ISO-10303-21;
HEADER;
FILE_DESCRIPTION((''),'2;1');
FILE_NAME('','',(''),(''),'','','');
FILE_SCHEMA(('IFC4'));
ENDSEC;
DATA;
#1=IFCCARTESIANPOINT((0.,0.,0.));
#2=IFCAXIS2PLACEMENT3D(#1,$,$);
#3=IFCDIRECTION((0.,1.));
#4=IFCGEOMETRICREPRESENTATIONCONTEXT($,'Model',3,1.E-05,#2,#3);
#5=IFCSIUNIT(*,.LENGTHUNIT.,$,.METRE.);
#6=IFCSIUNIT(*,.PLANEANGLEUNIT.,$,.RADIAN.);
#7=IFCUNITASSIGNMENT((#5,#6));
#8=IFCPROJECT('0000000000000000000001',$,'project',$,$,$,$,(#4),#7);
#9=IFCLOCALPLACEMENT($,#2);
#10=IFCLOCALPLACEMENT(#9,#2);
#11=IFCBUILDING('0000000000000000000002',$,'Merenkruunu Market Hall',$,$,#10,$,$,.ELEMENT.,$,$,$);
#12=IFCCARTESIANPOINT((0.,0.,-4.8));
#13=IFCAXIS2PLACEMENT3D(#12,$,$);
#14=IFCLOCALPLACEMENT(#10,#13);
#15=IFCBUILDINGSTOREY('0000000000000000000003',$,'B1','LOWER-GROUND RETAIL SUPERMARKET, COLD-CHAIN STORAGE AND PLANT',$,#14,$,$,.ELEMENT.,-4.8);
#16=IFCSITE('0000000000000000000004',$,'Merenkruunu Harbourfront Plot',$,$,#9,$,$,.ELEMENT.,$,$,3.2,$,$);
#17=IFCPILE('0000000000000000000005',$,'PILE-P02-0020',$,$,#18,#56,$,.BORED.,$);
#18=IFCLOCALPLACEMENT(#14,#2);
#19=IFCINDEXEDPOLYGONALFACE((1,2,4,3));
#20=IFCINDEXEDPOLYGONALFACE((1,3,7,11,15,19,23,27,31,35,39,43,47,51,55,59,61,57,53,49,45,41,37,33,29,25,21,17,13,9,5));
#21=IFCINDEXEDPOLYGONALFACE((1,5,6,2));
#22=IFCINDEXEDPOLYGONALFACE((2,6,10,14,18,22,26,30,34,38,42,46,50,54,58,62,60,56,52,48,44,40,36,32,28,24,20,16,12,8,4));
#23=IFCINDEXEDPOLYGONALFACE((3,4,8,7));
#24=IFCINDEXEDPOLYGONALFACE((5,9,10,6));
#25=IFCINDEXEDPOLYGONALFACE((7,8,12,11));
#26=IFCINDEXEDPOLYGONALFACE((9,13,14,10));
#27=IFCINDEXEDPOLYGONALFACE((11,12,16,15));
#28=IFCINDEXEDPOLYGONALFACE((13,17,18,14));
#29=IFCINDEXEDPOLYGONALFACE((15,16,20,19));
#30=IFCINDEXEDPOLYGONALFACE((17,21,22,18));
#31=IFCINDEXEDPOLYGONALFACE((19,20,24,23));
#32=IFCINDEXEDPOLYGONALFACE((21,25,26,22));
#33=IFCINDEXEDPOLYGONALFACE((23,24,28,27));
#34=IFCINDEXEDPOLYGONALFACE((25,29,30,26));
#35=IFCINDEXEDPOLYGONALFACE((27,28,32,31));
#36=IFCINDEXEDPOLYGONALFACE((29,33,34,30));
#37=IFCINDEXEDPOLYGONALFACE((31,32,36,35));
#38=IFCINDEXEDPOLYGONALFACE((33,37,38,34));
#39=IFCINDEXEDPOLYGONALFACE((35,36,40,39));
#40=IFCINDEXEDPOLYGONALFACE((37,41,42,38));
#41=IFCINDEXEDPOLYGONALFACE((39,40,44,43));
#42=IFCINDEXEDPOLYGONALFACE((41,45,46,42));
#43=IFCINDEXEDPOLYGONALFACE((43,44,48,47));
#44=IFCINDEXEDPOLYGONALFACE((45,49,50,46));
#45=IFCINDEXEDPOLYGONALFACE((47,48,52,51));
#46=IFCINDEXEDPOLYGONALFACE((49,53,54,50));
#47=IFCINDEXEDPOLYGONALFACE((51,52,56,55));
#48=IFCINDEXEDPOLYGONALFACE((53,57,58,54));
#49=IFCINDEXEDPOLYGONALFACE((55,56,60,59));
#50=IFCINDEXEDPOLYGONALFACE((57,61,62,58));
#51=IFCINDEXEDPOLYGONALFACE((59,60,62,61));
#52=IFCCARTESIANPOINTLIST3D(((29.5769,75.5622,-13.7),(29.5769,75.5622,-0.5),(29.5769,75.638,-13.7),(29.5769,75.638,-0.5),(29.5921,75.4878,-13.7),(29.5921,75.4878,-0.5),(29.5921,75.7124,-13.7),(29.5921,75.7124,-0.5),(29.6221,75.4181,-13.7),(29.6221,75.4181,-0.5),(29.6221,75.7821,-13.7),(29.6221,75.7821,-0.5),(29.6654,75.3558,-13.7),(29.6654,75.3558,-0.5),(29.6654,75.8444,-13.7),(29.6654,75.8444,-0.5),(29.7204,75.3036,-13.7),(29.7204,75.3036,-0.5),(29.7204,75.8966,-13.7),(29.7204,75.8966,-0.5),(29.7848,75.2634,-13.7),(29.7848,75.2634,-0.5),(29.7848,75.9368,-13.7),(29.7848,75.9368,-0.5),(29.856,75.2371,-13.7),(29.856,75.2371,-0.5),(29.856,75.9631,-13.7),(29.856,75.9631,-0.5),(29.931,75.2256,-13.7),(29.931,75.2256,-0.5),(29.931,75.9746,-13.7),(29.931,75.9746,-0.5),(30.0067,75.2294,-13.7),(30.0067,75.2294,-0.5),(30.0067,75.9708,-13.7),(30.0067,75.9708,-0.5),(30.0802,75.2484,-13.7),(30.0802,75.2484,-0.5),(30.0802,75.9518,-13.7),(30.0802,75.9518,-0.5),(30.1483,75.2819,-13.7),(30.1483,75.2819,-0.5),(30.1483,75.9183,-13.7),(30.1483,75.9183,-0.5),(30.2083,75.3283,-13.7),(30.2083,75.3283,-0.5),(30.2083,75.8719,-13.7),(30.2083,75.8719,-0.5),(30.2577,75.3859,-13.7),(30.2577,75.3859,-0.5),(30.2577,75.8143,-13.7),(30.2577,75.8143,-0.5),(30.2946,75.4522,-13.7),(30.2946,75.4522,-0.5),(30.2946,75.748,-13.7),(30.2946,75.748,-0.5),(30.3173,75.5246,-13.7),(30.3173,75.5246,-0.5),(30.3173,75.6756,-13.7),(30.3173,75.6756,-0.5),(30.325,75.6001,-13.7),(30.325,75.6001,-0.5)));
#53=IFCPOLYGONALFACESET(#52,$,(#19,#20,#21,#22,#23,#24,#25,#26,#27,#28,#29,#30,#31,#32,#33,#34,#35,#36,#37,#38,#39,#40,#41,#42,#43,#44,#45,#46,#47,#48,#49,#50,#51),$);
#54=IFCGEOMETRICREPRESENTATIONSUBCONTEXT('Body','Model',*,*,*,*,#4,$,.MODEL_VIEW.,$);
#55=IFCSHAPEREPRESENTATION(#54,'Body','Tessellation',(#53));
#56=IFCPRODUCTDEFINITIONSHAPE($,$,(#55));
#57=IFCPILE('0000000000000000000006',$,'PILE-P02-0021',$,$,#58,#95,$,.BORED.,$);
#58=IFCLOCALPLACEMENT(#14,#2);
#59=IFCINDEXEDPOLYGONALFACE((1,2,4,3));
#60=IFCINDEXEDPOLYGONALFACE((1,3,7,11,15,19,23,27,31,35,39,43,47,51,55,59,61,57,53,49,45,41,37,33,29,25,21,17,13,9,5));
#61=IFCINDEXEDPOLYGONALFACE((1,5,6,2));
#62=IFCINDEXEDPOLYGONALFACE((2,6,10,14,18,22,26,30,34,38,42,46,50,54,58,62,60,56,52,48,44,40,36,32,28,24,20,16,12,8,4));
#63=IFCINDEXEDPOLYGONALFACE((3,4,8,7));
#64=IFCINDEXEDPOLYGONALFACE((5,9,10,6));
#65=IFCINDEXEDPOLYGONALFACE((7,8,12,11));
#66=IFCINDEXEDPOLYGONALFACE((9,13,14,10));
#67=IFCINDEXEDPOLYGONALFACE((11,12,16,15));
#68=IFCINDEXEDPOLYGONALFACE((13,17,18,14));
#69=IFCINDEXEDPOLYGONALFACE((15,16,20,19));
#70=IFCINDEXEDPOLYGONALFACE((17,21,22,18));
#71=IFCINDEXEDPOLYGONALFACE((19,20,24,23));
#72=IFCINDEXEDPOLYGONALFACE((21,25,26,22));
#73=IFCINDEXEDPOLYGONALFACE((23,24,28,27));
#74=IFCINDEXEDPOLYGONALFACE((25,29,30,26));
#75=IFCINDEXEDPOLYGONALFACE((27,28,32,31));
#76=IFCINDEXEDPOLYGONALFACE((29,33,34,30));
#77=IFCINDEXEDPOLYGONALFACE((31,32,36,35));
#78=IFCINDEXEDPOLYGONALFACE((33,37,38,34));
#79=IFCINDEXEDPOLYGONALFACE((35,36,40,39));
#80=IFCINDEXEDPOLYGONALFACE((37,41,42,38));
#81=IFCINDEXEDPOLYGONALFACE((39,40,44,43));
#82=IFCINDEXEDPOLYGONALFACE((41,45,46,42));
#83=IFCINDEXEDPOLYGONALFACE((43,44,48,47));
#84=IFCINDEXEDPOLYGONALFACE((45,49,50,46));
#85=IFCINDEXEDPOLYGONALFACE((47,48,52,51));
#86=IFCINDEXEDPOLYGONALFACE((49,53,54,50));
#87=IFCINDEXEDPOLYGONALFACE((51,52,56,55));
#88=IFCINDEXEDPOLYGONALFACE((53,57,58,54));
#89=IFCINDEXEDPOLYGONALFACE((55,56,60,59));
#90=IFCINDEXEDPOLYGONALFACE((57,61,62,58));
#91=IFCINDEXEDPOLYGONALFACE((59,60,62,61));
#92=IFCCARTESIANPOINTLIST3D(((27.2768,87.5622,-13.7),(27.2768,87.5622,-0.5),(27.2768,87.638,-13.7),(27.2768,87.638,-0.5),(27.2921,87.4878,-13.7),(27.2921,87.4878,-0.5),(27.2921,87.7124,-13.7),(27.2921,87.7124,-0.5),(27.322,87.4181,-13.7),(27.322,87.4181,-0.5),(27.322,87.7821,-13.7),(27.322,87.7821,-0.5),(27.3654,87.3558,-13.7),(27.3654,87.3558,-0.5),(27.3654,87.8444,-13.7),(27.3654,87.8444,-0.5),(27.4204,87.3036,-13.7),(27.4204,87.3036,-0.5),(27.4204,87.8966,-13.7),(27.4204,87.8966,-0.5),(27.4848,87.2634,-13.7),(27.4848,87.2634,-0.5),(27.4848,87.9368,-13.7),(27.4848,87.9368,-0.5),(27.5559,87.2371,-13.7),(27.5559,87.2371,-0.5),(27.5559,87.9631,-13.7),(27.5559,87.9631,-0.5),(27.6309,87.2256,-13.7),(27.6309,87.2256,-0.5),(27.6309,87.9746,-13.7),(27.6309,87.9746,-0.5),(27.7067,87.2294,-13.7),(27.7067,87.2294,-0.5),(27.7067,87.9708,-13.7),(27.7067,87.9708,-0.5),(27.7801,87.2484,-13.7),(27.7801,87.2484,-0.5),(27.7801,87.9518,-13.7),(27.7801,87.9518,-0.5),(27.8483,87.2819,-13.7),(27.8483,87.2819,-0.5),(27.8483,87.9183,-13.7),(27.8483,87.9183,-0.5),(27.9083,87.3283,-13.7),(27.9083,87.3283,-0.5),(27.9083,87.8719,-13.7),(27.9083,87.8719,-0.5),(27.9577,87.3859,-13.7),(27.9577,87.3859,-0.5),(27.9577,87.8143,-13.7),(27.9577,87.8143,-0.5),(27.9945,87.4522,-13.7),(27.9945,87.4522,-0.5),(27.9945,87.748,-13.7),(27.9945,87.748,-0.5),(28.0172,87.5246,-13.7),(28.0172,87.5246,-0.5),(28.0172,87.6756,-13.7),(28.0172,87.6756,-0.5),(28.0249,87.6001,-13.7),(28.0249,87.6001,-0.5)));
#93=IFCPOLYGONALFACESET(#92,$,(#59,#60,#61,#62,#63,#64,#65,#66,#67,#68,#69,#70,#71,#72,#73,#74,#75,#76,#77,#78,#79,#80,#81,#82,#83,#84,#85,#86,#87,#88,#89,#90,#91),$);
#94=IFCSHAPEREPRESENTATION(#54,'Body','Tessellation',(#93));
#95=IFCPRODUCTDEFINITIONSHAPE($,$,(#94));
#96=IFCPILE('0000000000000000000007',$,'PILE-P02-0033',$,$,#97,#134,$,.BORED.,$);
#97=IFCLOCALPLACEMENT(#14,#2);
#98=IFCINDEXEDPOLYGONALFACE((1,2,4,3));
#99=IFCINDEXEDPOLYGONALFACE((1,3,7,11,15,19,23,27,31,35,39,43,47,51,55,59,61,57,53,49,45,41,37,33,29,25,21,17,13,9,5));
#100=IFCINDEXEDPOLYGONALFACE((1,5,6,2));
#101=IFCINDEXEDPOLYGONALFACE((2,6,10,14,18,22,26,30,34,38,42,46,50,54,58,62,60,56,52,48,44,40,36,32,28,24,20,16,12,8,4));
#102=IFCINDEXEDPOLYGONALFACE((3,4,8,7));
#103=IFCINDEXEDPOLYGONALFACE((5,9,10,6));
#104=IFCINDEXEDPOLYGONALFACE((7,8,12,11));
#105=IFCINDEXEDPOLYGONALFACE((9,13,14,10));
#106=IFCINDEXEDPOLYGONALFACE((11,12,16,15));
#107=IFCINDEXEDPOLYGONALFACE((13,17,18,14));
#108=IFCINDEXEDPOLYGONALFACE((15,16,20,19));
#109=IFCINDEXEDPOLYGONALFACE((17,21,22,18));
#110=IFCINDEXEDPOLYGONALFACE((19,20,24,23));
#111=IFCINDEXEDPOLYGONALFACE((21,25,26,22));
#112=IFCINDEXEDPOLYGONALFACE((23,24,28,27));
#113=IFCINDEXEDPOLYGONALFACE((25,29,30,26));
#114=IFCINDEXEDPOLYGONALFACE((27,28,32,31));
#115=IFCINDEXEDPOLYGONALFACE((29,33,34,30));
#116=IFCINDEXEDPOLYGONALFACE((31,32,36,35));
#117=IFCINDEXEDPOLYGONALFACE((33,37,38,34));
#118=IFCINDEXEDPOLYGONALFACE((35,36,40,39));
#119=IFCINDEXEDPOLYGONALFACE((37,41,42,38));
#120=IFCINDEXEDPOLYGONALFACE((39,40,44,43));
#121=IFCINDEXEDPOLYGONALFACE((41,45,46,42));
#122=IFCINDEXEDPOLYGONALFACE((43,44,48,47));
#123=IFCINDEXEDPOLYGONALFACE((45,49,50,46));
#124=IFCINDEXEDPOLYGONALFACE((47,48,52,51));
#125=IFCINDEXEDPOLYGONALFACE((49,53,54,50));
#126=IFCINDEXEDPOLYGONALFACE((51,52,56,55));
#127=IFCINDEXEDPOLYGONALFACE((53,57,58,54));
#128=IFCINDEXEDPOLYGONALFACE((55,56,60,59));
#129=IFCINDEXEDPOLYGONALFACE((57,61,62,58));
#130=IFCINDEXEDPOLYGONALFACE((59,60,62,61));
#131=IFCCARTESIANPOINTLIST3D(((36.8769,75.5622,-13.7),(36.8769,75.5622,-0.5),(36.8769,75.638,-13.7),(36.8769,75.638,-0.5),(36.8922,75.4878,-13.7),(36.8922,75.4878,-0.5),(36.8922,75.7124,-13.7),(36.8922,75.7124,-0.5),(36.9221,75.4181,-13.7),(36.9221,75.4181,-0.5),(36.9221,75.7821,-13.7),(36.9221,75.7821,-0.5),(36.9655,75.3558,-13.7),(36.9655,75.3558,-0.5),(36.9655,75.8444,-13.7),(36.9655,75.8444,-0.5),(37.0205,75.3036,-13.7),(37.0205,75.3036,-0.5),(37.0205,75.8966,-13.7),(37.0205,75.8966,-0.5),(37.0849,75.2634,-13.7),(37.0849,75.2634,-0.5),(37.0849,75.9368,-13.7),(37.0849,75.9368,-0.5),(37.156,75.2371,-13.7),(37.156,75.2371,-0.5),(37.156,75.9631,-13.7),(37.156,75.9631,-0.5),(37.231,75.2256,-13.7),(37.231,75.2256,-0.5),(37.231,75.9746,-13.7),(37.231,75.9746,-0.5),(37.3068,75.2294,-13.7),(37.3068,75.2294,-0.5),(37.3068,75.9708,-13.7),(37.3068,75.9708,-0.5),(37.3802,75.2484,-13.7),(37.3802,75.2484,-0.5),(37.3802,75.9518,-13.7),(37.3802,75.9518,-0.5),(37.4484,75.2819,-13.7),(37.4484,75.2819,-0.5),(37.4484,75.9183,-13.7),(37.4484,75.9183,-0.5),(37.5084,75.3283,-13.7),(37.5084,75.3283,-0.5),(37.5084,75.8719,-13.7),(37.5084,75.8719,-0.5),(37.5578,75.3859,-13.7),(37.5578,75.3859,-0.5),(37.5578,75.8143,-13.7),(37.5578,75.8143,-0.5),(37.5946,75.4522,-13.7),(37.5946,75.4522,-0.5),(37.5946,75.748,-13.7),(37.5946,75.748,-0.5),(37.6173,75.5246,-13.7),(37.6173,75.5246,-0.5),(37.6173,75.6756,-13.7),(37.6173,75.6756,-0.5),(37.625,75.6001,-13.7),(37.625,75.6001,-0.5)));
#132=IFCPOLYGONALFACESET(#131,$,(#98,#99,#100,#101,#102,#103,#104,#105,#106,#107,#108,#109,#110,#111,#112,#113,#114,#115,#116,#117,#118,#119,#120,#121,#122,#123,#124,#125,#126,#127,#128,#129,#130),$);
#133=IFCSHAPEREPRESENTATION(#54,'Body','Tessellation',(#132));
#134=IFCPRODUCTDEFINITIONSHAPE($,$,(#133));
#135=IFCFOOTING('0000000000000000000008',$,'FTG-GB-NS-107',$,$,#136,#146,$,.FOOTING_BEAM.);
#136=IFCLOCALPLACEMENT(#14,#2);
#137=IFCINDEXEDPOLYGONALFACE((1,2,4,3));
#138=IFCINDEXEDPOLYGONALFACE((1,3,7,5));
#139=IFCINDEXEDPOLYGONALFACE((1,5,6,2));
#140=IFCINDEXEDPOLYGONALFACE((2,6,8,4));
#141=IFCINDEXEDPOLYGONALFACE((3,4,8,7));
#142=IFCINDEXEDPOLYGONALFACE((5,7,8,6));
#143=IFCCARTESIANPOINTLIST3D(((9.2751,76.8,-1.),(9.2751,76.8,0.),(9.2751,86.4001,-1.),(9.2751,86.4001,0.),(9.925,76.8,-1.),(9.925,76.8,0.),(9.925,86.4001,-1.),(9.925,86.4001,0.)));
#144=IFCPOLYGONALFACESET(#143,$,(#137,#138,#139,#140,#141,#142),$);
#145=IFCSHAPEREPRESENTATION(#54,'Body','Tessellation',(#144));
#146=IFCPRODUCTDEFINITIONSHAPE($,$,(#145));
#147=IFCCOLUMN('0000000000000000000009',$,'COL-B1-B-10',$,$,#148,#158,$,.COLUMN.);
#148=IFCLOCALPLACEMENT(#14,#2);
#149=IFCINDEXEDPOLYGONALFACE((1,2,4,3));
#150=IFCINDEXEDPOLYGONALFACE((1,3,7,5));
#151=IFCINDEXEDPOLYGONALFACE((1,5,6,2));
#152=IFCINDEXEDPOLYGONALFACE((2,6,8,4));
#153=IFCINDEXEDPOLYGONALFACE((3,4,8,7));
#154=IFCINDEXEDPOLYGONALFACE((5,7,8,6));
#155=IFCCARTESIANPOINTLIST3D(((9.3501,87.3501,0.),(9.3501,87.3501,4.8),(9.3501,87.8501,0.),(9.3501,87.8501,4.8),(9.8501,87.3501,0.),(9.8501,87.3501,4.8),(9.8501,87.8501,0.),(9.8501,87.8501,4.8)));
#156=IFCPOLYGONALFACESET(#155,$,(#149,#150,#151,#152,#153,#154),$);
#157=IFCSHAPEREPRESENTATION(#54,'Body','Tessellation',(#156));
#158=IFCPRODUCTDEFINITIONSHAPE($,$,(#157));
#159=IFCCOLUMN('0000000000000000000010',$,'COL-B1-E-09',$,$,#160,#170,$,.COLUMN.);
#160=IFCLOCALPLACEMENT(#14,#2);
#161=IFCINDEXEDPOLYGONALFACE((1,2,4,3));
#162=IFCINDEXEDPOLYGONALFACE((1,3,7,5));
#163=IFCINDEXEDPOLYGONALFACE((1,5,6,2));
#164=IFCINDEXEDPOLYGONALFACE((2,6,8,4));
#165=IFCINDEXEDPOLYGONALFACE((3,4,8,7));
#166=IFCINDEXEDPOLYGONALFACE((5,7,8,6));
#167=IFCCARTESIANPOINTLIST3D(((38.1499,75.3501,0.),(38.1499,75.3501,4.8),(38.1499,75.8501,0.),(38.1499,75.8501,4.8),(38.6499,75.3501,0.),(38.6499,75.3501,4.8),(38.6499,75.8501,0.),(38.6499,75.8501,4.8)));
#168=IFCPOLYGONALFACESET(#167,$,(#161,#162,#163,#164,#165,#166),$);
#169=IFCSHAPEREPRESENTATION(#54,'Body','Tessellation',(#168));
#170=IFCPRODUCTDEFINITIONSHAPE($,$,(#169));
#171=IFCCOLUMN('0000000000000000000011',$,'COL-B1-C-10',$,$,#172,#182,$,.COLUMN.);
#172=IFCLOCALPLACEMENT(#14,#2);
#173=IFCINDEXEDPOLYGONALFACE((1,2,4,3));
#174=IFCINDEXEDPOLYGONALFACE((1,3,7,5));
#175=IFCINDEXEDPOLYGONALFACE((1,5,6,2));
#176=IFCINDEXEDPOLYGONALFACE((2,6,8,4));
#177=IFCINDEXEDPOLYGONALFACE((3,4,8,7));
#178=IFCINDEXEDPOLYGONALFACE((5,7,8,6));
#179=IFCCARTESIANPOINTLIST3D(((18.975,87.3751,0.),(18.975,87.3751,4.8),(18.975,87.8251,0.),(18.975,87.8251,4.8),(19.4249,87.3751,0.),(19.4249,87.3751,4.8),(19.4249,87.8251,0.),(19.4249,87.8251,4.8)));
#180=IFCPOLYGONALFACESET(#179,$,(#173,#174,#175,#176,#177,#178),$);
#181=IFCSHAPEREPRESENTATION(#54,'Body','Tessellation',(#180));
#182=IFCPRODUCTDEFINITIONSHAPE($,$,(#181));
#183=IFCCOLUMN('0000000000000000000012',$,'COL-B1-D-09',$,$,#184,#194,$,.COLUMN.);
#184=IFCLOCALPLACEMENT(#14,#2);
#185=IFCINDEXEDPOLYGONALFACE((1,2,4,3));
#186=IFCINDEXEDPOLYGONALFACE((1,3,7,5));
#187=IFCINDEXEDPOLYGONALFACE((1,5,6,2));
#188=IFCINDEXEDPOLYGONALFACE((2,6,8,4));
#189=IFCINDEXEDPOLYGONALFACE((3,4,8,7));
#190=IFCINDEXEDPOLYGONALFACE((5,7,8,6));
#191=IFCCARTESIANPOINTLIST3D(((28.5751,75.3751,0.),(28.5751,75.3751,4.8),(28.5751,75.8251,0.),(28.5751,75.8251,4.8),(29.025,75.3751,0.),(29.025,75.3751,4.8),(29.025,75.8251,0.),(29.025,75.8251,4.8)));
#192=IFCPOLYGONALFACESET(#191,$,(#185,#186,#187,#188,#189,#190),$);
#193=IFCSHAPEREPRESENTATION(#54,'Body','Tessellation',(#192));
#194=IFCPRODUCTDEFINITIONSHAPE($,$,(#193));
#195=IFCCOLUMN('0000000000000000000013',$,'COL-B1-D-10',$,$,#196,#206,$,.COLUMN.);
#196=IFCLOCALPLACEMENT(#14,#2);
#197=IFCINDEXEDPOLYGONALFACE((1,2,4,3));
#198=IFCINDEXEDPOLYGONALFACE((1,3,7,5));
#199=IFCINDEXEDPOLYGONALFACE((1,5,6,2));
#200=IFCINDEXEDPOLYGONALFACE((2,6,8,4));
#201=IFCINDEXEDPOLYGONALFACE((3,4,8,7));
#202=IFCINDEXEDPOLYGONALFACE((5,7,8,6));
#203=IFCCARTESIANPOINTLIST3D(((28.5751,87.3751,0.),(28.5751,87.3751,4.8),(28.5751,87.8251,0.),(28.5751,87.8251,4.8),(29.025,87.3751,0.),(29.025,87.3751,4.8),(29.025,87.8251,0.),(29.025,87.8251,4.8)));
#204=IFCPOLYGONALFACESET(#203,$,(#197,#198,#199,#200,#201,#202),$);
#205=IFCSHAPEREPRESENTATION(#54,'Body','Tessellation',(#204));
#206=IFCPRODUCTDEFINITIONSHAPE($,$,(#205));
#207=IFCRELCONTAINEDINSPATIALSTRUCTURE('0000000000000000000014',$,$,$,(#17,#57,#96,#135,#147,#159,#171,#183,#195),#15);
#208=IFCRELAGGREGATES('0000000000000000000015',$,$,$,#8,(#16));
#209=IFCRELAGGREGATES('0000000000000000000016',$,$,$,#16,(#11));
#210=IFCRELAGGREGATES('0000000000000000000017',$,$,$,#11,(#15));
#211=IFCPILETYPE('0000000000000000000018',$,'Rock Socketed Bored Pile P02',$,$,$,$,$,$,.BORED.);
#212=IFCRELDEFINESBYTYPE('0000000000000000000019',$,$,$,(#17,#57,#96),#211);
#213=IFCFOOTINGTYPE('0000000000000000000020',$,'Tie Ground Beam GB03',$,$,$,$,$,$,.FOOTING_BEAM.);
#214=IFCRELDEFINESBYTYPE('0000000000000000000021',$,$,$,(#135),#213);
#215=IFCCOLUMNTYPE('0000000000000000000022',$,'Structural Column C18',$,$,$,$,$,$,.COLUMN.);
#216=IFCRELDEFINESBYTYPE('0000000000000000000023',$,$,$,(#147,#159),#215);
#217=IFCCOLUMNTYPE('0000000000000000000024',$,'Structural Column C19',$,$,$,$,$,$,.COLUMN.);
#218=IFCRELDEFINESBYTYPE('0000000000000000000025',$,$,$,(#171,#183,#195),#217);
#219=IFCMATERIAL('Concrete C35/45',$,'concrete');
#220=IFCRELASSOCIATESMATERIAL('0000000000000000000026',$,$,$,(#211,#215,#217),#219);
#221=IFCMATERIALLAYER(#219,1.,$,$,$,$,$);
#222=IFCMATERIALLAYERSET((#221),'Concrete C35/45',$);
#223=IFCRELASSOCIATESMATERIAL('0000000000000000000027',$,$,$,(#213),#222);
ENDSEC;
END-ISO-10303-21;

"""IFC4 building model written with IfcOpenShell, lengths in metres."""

from ifc_helpers import new_model, si_unit, direction, frame, origin, origin_2d, place, context, subcontext, project, spatial, rectangle, circle, extrude, material, layer, layer_set, material_profile, profile_set, type_object, element, save


model = new_model("IFC4")

# Units and contexts
model_context = context("Model", 3, precision=1e-05, world=origin(), true_north=direction((0.0, 1.0)))
body_context = subcontext(model_context, "Body", "Model", "MODEL_VIEW")
ifc_project = project(units=[si_unit("LENGTHUNIT", "METRE"), si_unit("PLANEANGLEUNIT", "RADIAN")], contexts=[model_context])

# Site, building, storey
site_placement = place(None, origin())
site = spatial("IfcSite", under=ifc_project, at=site_placement, Name="Merenkruunu Harbourfront Plot", CompositionType="ELEMENT", RefElevation=3.2)
building_placement = place(site_placement, origin())
building = spatial("IfcBuilding", under=site, at=building_placement, Name="Merenkruunu Market Hall", CompositionType="ELEMENT")
storey_placement = place(building_placement, frame((0.0, 0.0, -4.8)))
storey = spatial("IfcBuildingStorey", under=building, at=storey_placement, Name="B1", Description="LOWER-GROUND RETAIL SUPERMARKET, COLD-CHAIN STORAGE AND PLANT", CompositionType="ELEMENT", Elevation=-4.8)

# Shared definitions
ifc_material_1 = material(Name="Concrete C35/45", Category="concrete")

# Piles
ifc_material_profile_1 = material_profile(ifc_material_1, circle(Radius=0.375, at=origin_2d()), Name="BORED PILE 750")
ifc_profile_set_1 = profile_set([ifc_material_profile_1], Name="Concrete C35/45")
pile_type = type_object("IfcPileType", Name="Rock Socketed Bored Pile P02", PredefinedType="BORED", material=ifc_profile_set_1)
for number, where, z_axis, x_axis, name in (
    (1, (29.95, 75.6001, -0.5), (0.0, 0.0, -1.0), (1.0, 0.0, 0.0), "PILE-P02-0020"),
    (2, (27.6499, 87.6001, -0.5), (0.0, 0.0, -1.0), (1.0, 0.0, 0.0), "PILE-P02-0021"),
    (3, (37.25, 75.6001, -0.5), (0.0, 0.0, -1.0), (1.0, 0.0, 0.0), "PILE-P02-0033"),
):
    element("IfcPile", number, at=place(storey_placement, frame(where, z_axis=z_axis, x_axis=x_axis)), inside=storey, type_object=pile_type, Name=name, PredefinedType="BORED", context=body_context, shape_type="SweptSolid", body=[
        extrude(circle(Radius=0.375, at=origin_2d()), origin(), (0.0, 0.0, 1.0), 13.2),
    ])

# Footing
ifc_layer_1 = layer(ifc_material_1, 1.0)
ifc_layer_set_1 = layer_set([ifc_layer_1], Name="Concrete C35/45")
footing_type_1 = type_object("IfcFootingType", Name="Tie Ground Beam GB03", PredefinedType="FOOTING_BEAM", material=ifc_layer_set_1)
footing_1_placement = place(storey_placement, frame((9.6001, 81.6001, -1.0), z_axis=(0.0, 0.0, 1.0), x_axis=(0.0, 1.0, 0.0)))
element("IfcFooting", 4, at=footing_1_placement, inside=storey, type_object=footing_type_1, Name="FTG-GB-NS-107", PredefinedType="FOOTING_BEAM", context=body_context, shape_type="SweptSolid", body=[
    extrude(rectangle(XDim=9.6001, YDim=0.6499, at=origin_2d()), origin(), (0.0, 0.0, 1.0), 1.0),
])

# Columns
ifc_material_profile_2 = material_profile(ifc_material_1, rectangle(XDim=0.5, YDim=0.5, at=origin_2d()), Name="RC 500x500")
ifc_profile_set_2 = profile_set([ifc_material_profile_2], Name="Concrete C35/45")
column_type_1 = type_object("IfcColumnType", Name="Structural Column C18", PredefinedType="COLUMN", material=ifc_profile_set_2)
for number, where, z_axis, x_axis, name in (
    (5, (9.6001, 87.6001, 0.0), (0.0, 0.0, 1.0), (1.0, 0.0, 0.0), "COL-B1-B-10"),
    (6, (38.3999, 75.6001, 0.0), (0.0, 0.0, 1.0), (1.0, 0.0, 0.0), "COL-B1-E-09"),
):
    element("IfcColumn", number, at=place(storey_placement, frame(where, z_axis=z_axis, x_axis=x_axis)), inside=storey, type_object=column_type_1, Name=name, PredefinedType="COLUMN", context=body_context, shape_type="SweptSolid", body=[
        extrude(rectangle(XDim=0.5, YDim=0.5, at=origin_2d()), origin(), (0.0, 0.0, 1.0), 4.8),
    ])
ifc_material_profile_3 = material_profile(ifc_material_1, rectangle(XDim=0.45, YDim=0.45, at=origin_2d()), Name="RC 450x450")
ifc_profile_set_3 = profile_set([ifc_material_profile_3], Name="Concrete C35/45")
column_type_2 = type_object("IfcColumnType", Name="Structural Column C19", PredefinedType="COLUMN", material=ifc_profile_set_3)
for number, where, z_axis, x_axis, name in (
    (7, (19.2, 87.6001, 0.0), (0.0, 0.0, 1.0), (1.0, 0.0, 0.0), "COL-B1-C-10"),
    (8, (28.8, 75.6001, 0.0), (0.0, 0.0, 1.0), (1.0, 0.0, 0.0), "COL-B1-D-09"),
    (9, (28.8, 87.6001, 0.0), (0.0, 0.0, 1.0), (1.0, 0.0, 0.0), "COL-B1-D-10"),
):
    element("IfcColumn", number, at=place(storey_placement, frame(where, z_axis=z_axis, x_axis=x_axis)), inside=storey, type_object=column_type_2, Name=name, PredefinedType="COLUMN", context=body_context, shape_type="SweptSolid", body=[
        extrude(rectangle(XDim=0.45, YDim=0.45, at=origin_2d()), origin(), (0.0, 0.0, 1.0), 4.8),
    ])

save(model, "model.ifc")
